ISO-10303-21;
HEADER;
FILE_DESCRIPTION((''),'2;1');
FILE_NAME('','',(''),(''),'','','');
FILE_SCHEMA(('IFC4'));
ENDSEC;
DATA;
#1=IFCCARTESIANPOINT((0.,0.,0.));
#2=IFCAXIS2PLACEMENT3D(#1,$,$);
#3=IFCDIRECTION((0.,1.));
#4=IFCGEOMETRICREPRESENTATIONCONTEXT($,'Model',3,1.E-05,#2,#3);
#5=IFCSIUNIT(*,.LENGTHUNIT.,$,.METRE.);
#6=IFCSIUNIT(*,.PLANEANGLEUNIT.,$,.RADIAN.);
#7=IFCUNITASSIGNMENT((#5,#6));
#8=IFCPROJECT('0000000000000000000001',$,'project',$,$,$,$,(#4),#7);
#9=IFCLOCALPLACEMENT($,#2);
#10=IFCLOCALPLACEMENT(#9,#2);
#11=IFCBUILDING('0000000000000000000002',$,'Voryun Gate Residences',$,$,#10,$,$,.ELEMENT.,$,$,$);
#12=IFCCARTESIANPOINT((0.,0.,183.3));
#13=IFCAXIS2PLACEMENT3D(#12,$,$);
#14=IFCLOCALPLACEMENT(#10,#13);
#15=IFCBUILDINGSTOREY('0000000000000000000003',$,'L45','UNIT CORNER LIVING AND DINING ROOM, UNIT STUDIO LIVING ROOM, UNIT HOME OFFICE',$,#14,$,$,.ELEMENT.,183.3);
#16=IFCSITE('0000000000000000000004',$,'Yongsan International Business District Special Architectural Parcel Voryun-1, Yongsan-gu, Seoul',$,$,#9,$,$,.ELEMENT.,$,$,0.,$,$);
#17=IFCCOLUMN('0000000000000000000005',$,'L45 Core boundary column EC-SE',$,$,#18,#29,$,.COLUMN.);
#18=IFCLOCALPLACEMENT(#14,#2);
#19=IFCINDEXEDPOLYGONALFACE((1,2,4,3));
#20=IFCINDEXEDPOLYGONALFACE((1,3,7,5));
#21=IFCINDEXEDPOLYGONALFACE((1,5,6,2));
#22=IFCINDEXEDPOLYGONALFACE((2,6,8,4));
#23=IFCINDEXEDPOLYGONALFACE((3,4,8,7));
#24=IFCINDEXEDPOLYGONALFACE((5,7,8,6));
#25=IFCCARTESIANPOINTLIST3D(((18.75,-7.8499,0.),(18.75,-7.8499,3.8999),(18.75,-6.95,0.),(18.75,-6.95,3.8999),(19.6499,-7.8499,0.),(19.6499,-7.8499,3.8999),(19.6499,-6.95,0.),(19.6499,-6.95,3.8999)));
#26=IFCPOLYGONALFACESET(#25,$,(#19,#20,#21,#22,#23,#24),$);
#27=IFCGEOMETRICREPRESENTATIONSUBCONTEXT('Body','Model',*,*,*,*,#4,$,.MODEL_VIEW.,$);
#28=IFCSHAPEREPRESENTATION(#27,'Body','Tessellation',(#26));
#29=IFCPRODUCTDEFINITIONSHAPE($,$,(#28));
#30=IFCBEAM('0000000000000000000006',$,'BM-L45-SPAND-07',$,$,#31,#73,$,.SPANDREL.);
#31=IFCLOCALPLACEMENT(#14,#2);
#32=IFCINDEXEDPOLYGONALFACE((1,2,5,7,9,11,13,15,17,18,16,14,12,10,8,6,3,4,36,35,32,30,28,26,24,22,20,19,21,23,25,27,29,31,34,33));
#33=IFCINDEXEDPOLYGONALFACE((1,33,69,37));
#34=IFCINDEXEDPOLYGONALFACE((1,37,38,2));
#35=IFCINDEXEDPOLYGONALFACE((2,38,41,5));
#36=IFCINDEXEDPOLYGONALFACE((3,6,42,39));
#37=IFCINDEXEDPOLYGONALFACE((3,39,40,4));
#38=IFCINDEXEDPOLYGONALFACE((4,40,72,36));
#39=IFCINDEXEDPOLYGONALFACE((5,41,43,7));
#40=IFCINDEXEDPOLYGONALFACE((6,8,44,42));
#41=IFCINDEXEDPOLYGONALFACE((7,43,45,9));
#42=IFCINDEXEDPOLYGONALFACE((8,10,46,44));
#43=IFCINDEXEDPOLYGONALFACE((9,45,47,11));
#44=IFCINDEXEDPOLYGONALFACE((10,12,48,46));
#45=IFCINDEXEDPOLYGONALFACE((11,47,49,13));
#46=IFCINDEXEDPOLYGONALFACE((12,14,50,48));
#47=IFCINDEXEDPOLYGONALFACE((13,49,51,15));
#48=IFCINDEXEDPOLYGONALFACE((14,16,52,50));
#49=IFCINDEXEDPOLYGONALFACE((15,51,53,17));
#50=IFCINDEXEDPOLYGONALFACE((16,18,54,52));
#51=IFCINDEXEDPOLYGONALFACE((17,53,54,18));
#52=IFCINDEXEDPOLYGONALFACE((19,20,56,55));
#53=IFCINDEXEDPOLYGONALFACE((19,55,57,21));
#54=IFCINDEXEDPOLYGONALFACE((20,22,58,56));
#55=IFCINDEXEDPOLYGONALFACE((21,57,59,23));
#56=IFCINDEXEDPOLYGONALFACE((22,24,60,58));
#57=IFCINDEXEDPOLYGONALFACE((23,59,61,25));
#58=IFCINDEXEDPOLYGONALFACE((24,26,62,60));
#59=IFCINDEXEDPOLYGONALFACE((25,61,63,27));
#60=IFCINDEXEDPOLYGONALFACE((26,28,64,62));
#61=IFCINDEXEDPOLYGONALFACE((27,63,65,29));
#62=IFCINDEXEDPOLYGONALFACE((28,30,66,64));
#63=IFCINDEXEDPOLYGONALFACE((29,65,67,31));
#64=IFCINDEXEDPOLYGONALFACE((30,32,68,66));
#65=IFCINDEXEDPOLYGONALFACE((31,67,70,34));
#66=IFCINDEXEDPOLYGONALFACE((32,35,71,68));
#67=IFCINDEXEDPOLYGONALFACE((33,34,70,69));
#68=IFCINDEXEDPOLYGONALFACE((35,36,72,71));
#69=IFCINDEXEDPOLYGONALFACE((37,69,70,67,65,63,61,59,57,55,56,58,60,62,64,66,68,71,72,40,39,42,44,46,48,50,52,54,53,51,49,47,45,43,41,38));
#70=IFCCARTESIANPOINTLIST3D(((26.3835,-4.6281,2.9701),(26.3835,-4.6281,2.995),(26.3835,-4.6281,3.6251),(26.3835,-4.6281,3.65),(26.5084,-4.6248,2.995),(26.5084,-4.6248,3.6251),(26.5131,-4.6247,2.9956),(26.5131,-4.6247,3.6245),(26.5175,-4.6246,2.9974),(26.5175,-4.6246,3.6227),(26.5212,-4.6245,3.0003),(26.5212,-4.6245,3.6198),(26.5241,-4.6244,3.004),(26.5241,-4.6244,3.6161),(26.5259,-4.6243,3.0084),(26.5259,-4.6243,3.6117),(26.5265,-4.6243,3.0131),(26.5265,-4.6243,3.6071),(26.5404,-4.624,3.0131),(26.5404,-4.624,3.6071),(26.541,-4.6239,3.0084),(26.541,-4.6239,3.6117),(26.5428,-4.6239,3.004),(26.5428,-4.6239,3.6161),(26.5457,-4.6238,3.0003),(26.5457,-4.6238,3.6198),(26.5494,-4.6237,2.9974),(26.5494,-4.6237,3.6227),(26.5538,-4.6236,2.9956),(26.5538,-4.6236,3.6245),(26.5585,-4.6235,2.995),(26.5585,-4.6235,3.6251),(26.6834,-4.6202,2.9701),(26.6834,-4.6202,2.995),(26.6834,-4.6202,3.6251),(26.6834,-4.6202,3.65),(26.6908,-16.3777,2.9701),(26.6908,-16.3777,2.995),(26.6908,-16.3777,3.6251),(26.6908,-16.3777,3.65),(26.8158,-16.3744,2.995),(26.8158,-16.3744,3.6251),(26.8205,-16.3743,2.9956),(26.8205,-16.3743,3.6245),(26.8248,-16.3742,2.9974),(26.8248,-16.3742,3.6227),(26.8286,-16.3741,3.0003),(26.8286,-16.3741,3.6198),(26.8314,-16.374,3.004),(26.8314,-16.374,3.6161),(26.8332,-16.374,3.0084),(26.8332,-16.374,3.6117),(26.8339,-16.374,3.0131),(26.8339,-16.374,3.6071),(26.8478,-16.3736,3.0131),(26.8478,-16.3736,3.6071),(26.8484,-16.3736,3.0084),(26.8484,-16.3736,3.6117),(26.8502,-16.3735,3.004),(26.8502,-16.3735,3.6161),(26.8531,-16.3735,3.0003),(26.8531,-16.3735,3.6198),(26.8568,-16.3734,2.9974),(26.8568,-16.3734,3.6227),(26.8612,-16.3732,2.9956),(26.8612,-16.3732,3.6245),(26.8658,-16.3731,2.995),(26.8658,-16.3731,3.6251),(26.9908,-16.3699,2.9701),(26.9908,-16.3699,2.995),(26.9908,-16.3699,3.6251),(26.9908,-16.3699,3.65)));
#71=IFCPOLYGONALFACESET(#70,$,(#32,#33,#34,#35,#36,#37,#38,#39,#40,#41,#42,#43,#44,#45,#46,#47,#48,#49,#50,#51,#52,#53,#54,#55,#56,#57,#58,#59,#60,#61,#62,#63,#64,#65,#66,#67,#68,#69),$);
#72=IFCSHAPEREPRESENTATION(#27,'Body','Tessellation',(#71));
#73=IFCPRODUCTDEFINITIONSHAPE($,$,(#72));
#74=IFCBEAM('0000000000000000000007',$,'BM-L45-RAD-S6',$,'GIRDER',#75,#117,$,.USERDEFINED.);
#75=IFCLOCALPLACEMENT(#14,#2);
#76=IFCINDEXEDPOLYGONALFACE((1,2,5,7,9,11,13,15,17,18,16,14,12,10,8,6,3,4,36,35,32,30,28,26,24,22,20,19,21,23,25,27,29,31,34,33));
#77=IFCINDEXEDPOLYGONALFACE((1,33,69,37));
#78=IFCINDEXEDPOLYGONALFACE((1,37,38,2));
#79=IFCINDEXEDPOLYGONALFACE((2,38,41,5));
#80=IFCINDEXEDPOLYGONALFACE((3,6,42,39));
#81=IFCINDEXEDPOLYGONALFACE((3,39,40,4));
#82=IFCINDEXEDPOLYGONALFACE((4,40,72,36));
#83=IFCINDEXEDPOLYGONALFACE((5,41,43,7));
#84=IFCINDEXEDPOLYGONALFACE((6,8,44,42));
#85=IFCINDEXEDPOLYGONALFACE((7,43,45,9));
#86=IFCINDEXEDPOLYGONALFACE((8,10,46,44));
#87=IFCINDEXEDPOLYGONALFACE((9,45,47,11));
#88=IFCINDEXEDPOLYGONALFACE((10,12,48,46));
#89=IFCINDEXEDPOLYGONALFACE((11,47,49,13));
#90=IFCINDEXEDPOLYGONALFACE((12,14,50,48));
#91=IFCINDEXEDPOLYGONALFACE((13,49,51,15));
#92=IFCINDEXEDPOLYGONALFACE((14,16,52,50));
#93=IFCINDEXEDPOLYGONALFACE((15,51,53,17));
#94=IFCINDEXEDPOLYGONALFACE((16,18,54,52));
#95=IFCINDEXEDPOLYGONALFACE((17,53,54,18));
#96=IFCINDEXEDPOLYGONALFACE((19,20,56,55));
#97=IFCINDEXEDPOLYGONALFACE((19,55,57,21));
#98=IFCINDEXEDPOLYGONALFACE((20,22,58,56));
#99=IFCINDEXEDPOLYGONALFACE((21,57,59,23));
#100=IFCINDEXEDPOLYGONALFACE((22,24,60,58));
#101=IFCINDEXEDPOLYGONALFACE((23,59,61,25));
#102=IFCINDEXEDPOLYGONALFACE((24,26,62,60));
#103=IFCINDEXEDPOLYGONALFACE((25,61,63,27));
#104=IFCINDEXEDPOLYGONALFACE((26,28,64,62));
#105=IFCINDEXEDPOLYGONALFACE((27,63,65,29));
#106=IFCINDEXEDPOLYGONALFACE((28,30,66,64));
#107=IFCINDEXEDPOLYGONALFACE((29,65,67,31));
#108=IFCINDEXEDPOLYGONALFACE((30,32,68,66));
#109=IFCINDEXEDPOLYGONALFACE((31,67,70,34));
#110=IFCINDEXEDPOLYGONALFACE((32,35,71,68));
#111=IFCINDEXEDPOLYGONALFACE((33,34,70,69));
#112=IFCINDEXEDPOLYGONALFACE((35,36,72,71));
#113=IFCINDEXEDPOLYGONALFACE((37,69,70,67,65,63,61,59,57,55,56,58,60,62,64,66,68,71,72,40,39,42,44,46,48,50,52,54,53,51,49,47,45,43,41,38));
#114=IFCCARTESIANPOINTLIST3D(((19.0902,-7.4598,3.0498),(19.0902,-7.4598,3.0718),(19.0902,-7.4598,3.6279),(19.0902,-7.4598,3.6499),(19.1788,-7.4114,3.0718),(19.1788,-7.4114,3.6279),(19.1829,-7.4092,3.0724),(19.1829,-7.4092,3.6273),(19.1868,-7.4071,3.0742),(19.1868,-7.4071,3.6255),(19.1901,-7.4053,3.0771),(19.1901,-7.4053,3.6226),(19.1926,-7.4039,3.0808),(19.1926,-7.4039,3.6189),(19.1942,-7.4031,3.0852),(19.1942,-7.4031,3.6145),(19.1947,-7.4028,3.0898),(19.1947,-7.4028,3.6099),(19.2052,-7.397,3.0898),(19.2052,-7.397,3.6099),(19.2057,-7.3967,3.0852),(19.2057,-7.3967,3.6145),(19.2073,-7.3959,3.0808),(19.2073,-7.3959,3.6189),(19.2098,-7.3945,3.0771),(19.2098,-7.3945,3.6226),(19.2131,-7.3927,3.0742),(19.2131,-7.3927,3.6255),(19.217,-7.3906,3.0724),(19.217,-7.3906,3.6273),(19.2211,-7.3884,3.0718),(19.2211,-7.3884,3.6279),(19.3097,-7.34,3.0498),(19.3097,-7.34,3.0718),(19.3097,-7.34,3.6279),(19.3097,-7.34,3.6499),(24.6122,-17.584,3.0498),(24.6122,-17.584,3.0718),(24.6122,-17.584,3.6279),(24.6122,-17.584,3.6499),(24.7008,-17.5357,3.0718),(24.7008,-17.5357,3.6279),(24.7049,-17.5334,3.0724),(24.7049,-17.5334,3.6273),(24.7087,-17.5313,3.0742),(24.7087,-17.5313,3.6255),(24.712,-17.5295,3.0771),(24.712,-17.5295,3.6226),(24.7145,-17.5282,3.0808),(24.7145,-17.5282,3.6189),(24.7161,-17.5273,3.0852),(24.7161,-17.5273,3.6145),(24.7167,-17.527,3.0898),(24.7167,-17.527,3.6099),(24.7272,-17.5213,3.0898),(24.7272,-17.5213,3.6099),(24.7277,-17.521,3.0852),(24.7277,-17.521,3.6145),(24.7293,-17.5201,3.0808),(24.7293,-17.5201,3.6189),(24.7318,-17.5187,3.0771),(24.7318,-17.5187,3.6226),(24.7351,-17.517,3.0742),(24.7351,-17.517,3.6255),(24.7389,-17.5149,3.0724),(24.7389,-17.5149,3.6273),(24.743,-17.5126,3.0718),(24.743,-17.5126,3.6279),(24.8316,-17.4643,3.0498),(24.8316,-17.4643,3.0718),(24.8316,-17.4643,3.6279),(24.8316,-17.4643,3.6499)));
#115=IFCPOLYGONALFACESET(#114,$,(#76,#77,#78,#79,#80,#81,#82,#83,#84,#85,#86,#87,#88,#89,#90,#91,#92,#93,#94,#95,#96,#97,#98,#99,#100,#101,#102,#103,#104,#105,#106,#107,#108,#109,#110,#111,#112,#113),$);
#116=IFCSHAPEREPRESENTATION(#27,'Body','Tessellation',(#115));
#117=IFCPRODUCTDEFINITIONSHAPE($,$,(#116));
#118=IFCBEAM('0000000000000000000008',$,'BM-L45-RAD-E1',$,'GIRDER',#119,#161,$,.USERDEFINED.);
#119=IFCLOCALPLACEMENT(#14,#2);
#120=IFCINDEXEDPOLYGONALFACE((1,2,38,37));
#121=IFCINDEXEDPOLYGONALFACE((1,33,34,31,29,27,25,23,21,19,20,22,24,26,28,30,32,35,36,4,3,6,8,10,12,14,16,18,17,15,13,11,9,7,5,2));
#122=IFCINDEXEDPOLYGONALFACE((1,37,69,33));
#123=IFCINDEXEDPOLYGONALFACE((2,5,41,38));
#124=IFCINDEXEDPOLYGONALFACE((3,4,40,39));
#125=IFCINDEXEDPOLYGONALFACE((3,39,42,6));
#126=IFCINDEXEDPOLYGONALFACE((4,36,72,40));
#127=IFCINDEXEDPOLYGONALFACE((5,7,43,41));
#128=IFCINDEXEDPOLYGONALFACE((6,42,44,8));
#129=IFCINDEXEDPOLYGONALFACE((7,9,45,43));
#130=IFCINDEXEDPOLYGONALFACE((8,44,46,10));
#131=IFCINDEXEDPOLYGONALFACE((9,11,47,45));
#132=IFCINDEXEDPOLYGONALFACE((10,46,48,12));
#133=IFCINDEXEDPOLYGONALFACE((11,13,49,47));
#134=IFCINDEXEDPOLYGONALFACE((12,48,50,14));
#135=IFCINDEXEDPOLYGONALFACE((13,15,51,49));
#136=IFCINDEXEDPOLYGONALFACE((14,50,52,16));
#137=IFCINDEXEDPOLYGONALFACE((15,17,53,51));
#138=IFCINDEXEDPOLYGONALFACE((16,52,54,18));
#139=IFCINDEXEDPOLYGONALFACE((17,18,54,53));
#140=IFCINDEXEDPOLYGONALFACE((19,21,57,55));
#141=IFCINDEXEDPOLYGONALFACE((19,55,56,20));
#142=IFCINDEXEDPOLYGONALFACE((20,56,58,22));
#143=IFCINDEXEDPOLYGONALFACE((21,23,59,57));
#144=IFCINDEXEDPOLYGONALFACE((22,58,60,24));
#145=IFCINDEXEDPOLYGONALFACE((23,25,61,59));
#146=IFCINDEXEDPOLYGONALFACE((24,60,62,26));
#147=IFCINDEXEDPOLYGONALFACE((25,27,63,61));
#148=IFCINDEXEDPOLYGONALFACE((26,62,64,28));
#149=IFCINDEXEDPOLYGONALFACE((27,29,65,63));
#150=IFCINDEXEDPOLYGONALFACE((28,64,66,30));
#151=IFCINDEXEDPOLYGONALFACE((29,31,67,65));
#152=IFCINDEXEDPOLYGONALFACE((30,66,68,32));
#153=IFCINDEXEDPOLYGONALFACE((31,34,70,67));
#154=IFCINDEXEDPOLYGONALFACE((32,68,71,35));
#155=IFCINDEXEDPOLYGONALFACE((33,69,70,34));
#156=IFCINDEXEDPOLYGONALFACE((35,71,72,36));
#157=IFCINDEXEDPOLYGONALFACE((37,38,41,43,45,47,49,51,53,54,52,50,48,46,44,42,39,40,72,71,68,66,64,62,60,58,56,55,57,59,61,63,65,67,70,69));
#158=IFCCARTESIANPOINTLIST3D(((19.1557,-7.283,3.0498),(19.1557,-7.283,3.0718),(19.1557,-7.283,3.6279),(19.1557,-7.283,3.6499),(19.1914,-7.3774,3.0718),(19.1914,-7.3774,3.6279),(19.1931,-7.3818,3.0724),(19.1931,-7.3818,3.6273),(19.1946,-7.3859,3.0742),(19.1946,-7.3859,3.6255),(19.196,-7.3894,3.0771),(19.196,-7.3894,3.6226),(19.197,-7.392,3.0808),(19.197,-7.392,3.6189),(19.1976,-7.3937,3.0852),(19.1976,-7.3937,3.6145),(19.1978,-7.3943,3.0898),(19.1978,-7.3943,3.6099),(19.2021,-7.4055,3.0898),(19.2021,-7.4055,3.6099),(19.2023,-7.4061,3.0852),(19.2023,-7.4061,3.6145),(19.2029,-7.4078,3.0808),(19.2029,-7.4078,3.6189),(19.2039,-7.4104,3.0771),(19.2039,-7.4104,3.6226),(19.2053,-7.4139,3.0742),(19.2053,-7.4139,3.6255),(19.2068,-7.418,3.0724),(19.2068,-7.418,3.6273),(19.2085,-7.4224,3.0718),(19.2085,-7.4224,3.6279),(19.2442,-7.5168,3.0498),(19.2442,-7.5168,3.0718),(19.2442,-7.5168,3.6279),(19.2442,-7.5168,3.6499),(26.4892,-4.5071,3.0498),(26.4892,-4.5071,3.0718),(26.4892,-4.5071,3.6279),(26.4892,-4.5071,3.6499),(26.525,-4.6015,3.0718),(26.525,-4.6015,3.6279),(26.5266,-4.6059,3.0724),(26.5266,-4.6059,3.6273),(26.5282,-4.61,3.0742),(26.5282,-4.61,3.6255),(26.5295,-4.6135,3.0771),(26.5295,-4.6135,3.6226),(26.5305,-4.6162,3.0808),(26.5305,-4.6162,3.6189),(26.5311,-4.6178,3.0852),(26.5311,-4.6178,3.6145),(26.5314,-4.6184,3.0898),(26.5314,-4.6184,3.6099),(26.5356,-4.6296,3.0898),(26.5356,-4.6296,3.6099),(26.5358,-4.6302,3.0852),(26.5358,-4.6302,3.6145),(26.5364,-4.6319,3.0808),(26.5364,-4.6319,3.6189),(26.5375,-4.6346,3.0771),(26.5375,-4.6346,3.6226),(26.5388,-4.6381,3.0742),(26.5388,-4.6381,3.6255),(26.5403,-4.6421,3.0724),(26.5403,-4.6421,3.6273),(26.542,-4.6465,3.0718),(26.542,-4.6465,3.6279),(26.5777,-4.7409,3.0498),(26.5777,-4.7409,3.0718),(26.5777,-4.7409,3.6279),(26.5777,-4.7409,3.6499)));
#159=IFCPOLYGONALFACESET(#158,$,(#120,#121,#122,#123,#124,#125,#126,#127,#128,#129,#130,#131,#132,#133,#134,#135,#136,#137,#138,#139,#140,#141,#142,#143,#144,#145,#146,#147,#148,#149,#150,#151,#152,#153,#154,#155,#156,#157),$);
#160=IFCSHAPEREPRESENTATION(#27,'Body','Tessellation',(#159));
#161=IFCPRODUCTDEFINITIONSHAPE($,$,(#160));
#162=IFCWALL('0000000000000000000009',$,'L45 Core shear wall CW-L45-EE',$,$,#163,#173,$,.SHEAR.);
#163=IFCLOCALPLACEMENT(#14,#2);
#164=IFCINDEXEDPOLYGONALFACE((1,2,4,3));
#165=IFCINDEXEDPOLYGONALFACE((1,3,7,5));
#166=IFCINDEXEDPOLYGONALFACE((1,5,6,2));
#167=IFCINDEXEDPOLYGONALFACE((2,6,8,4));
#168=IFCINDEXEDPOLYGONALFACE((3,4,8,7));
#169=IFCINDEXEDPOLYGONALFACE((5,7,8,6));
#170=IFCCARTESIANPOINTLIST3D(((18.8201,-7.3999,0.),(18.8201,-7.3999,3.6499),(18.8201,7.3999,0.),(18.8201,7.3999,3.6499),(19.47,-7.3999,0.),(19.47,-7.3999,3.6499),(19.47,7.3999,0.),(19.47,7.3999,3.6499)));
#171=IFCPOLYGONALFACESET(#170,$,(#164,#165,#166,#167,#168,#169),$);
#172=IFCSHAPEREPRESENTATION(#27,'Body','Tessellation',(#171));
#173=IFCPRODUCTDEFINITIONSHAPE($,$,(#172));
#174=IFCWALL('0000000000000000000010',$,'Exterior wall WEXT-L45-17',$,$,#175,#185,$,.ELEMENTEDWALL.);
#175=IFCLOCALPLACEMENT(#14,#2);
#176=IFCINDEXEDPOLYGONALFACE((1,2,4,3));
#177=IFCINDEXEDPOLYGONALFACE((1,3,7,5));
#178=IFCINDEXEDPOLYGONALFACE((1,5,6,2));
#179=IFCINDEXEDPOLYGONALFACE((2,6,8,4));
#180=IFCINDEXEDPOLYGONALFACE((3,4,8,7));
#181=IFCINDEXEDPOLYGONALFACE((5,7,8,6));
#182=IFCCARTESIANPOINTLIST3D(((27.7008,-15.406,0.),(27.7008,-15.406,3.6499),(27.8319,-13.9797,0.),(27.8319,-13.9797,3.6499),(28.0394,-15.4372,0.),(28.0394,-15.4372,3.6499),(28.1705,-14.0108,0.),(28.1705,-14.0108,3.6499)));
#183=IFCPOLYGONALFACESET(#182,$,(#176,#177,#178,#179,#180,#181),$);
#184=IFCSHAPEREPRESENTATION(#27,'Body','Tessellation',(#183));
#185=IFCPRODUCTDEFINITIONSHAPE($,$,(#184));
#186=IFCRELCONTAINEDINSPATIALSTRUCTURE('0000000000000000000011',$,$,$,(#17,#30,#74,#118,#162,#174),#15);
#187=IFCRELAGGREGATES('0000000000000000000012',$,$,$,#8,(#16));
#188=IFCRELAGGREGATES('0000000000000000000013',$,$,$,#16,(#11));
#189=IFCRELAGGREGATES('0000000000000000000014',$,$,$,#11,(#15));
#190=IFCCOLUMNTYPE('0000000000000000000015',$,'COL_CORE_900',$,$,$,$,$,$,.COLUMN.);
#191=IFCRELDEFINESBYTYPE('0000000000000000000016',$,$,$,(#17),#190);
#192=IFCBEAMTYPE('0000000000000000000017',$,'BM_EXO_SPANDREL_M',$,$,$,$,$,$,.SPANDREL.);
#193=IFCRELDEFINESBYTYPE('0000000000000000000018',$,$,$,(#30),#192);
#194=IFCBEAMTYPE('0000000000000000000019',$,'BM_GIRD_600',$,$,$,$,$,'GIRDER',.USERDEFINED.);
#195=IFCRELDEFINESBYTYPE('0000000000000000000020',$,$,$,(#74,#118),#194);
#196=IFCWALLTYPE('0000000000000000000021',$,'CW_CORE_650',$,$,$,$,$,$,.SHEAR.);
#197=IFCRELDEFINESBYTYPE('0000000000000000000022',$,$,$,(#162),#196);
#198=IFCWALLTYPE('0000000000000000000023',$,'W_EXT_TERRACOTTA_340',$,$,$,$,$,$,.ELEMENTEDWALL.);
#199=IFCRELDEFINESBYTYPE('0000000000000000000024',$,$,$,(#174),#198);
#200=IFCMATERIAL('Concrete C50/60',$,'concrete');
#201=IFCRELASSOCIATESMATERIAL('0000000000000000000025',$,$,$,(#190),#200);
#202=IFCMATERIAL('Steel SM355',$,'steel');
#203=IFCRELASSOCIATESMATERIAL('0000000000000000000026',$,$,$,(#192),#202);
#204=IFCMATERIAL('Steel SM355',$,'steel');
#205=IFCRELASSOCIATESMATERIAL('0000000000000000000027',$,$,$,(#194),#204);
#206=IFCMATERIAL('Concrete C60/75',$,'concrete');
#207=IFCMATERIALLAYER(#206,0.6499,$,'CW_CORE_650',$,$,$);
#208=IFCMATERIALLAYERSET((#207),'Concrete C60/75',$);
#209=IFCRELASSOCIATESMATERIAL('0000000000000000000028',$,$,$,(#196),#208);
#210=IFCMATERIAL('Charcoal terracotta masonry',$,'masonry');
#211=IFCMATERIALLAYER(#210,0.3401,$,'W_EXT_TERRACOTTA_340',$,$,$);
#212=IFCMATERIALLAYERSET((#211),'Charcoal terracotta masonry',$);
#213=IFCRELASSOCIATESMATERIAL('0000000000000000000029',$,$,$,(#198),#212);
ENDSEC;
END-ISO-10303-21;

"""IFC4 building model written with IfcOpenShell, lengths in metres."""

from ifc_helpers import new_model, si_unit, direction, frame, frame_2d, origin, origin_2d, place, context, subcontext, project, spatial, rectangle, i_section, extrude, material, layer, layer_set, material_profile, profile_set, type_object, element, save


model = new_model("IFC4")

# Units and contexts
model_context = context("Model", 3, precision=1e-05, world=origin(), true_north=direction((0.0, 1.0)))
body_context = subcontext(model_context, "Body", "Model", "MODEL_VIEW")
ifc_project = project(units=[si_unit("LENGTHUNIT", "METRE"), si_unit("PLANEANGLEUNIT", "RADIAN")], contexts=[model_context])

# Site, building, storey
site_placement = place(None, origin())
site = spatial("IfcSite", under=ifc_project, at=site_placement, Name="Yongsan International Business District Special Architectural Parcel Voryun-1, Yongsan-gu, Seoul", CompositionType="ELEMENT", RefElevation=0.0)
building_placement = place(site_placement, origin())
building = spatial("IfcBuilding", under=site, at=building_placement, Name="Voryun Gate Residences", CompositionType="ELEMENT")
storey_placement = place(building_placement, frame((0.0, 0.0, 183.3)))
storey = spatial("IfcBuildingStorey", under=building, at=storey_placement, Name="L45", Description="UNIT CORNER LIVING AND DINING ROOM, UNIT STUDIO LIVING ROOM, UNIT HOME OFFICE", CompositionType="ELEMENT", Elevation=183.3)

# Column
ifc_material_1 = material(Name="Concrete C50/60", Category="concrete")
ifc_material_profile_1 = material_profile(ifc_material_1, rectangle(XDim=0.8999, YDim=0.8999, at=origin_2d()), Name="RC-900x900")
ifc_profile_set_1 = profile_set([ifc_material_profile_1], Name="Concrete C50/60")
column_type = type_object("IfcColumnType", Name="COL_CORE_900", PredefinedType="COLUMN", material=ifc_profile_set_1)
column_placement = place(storey_placement, frame((19.2, -7.3999, 0.0), z_axis=(0.0, 0.0, 1.0), x_axis=(1.0, 0.0, 0.0)))
element("IfcColumn", 1, at=column_placement, inside=storey, type_object=column_type, Name="L45 Core boundary column EC-SE", PredefinedType="COLUMN", context=body_context, shape_type="SweptSolid", body=[
    extrude(rectangle(XDim=0.8999, YDim=0.8999, at=origin_2d()), origin(), (0.0, 0.0, 1.0), 3.8999),
])

# Beams
ifc_material_2 = material(Name="Steel SM355", Category="steel")
ifc_material_profile_2 = material_profile(ifc_material_2, i_section(OverallWidth=0.3, OverallDepth=0.6799, WebThickness=0.0139, FlangeThickness=0.0249, FilletRadius=0.0181, at=origin_2d()), Name="H-680x300x14x25")
ifc_profile_set_2 = profile_set([ifc_material_profile_2], Name="Steel SM355")
beam_type_1 = type_object("IfcBeamType", Name="BM_EXO_SPANDREL_M", PredefinedType="SPANDREL", material=ifc_profile_set_2)
beam_1_placement = place(storey_placement, frame((26.8408, -16.3738, 3.3101), z_axis=(-0.026151, 0.999658, 0.0), x_axis=(-0.999658, -0.026151, 0.0)))
element("IfcBeam", 2, at=beam_1_placement, inside=storey, type_object=beam_type_1, Name="BM-L45-SPAND-07", PredefinedType="SPANDREL", context=body_context, shape_type="SweptSolid", body=[
    extrude(i_section(OverallWidth=0.3, OverallDepth=0.6799, WebThickness=0.0139, FlangeThickness=0.0249, FilletRadius=0.0181, at=origin_2d()), origin(), (0.0, 0.0, 1.0), 11.7537),
])
ifc_material_3 = material(Name="Steel SM355", Category="steel")
ifc_material_profile_3 = material_profile(ifc_material_3, i_section(OverallWidth=0.25, OverallDepth=0.6001, WebThickness=0.012, FlangeThickness=0.022, FilletRadius=0.0181, at=origin_2d()), Name="H-600x250x12x22")
ifc_profile_set_3 = profile_set([ifc_material_profile_3], Name="Steel SM355")
beam_type_2 = type_object("IfcBeamType", Name="BM_GIRD_600", ElementType="GIRDER", PredefinedType="USERDEFINED", material=ifc_profile_set_3)
beam_2_placement = place(storey_placement, frame((19.2, -7.3999, 3.3499), z_axis=(0.478828, -0.877909, 0.0), x_axis=(0.877909, 0.478828, 0.0)))
element("IfcBeam", 3, at=beam_2_placement, inside=storey, type_object=beam_type_2, Name="BM-L45-RAD-S6", ObjectType="GIRDER", PredefinedType="USERDEFINED", context=body_context, shape_type="SweptSolid", body=[
    extrude(i_section(OverallWidth=0.25, OverallDepth=0.6001, WebThickness=0.012, FlangeThickness=0.022, FilletRadius=0.0181, at=origin_2d()), origin(), (0.0, 0.0, 1.0), 11.5322),
])
beam_3_placement = place(storey_placement, frame((19.2, -7.3999, 3.3499), z_axis=(0.935242, 0.354008, 0.0), x_axis=(-0.354008, 0.935242, 0.0)))
element("IfcBeam", 4, at=beam_3_placement, inside=storey, type_object=beam_type_2, Name="BM-L45-RAD-E1", ObjectType="GIRDER", PredefinedType="USERDEFINED", context=body_context, shape_type="SweptSolid", body=[
    extrude(i_section(OverallWidth=0.25, OverallDepth=0.6001, WebThickness=0.012, FlangeThickness=0.022, FilletRadius=0.0181, at=origin_2d()), origin(), (0.0, 0.0, 1.0), 7.8413),
])

# Walls
ifc_material_4 = material(Name="Concrete C60/75", Category="concrete")
ifc_layer_1 = layer(ifc_material_4, 0.6499, Name="CW_CORE_650")
ifc_layer_set_1 = layer_set([ifc_layer_1], Name="Concrete C60/75")
wall_type_1 = type_object("IfcWallType", Name="CW_CORE_650", PredefinedType="SHEAR", material=ifc_layer_set_1)
wall_1_placement = place(storey_placement, frame((19.145, -7.3999, 0.0), z_axis=(0.0, 0.0, 1.0), x_axis=(0.0, 1.0, 0.0)))
element("IfcWall", 5, at=wall_1_placement, inside=storey, type_object=wall_type_1, Name="L45 Core shear wall CW-L45-EE", PredefinedType="SHEAR", context=body_context, shape_type="SweptSolid", body=[
    extrude(rectangle(XDim=14.7998, YDim=0.6499, at=frame_2d((7.3999, 0.0))), origin(), (0.0, 0.0, 1.0), 3.6499),
])
ifc_material_5 = material(Name="Charcoal terracotta masonry", Category="masonry")
ifc_layer_2 = layer(ifc_material_5, 0.3401, Name="W_EXT_TERRACOTTA_340")
ifc_layer_set_2 = layer_set([ifc_layer_2], Name="Charcoal terracotta masonry")
wall_type_2 = type_object("IfcWallType", Name="W_EXT_TERRACOTTA_340", PredefinedType="ELEMENTEDWALL", material=ifc_layer_set_2)
wall_2_placement = place(storey_placement, frame((28.0012, -13.9951, 0.0), z_axis=(0.0, 0.0, 1.0), x_axis=(-0.091535, -0.995802, 0.0)))
element("IfcWall", 6, at=wall_2_placement, inside=storey, type_object=wall_type_2, Name="Exterior wall WEXT-L45-17", PredefinedType="ELEMENTEDWALL", context=body_context, shape_type="SweptSolid", body=[
    extrude(rectangle(XDim=1.4324, YDim=0.3401, at=frame_2d((0.7163, 0.0))), origin(), (0.0, 0.0, 1.0), 3.6499),
])

save(model, "model.ifc")
